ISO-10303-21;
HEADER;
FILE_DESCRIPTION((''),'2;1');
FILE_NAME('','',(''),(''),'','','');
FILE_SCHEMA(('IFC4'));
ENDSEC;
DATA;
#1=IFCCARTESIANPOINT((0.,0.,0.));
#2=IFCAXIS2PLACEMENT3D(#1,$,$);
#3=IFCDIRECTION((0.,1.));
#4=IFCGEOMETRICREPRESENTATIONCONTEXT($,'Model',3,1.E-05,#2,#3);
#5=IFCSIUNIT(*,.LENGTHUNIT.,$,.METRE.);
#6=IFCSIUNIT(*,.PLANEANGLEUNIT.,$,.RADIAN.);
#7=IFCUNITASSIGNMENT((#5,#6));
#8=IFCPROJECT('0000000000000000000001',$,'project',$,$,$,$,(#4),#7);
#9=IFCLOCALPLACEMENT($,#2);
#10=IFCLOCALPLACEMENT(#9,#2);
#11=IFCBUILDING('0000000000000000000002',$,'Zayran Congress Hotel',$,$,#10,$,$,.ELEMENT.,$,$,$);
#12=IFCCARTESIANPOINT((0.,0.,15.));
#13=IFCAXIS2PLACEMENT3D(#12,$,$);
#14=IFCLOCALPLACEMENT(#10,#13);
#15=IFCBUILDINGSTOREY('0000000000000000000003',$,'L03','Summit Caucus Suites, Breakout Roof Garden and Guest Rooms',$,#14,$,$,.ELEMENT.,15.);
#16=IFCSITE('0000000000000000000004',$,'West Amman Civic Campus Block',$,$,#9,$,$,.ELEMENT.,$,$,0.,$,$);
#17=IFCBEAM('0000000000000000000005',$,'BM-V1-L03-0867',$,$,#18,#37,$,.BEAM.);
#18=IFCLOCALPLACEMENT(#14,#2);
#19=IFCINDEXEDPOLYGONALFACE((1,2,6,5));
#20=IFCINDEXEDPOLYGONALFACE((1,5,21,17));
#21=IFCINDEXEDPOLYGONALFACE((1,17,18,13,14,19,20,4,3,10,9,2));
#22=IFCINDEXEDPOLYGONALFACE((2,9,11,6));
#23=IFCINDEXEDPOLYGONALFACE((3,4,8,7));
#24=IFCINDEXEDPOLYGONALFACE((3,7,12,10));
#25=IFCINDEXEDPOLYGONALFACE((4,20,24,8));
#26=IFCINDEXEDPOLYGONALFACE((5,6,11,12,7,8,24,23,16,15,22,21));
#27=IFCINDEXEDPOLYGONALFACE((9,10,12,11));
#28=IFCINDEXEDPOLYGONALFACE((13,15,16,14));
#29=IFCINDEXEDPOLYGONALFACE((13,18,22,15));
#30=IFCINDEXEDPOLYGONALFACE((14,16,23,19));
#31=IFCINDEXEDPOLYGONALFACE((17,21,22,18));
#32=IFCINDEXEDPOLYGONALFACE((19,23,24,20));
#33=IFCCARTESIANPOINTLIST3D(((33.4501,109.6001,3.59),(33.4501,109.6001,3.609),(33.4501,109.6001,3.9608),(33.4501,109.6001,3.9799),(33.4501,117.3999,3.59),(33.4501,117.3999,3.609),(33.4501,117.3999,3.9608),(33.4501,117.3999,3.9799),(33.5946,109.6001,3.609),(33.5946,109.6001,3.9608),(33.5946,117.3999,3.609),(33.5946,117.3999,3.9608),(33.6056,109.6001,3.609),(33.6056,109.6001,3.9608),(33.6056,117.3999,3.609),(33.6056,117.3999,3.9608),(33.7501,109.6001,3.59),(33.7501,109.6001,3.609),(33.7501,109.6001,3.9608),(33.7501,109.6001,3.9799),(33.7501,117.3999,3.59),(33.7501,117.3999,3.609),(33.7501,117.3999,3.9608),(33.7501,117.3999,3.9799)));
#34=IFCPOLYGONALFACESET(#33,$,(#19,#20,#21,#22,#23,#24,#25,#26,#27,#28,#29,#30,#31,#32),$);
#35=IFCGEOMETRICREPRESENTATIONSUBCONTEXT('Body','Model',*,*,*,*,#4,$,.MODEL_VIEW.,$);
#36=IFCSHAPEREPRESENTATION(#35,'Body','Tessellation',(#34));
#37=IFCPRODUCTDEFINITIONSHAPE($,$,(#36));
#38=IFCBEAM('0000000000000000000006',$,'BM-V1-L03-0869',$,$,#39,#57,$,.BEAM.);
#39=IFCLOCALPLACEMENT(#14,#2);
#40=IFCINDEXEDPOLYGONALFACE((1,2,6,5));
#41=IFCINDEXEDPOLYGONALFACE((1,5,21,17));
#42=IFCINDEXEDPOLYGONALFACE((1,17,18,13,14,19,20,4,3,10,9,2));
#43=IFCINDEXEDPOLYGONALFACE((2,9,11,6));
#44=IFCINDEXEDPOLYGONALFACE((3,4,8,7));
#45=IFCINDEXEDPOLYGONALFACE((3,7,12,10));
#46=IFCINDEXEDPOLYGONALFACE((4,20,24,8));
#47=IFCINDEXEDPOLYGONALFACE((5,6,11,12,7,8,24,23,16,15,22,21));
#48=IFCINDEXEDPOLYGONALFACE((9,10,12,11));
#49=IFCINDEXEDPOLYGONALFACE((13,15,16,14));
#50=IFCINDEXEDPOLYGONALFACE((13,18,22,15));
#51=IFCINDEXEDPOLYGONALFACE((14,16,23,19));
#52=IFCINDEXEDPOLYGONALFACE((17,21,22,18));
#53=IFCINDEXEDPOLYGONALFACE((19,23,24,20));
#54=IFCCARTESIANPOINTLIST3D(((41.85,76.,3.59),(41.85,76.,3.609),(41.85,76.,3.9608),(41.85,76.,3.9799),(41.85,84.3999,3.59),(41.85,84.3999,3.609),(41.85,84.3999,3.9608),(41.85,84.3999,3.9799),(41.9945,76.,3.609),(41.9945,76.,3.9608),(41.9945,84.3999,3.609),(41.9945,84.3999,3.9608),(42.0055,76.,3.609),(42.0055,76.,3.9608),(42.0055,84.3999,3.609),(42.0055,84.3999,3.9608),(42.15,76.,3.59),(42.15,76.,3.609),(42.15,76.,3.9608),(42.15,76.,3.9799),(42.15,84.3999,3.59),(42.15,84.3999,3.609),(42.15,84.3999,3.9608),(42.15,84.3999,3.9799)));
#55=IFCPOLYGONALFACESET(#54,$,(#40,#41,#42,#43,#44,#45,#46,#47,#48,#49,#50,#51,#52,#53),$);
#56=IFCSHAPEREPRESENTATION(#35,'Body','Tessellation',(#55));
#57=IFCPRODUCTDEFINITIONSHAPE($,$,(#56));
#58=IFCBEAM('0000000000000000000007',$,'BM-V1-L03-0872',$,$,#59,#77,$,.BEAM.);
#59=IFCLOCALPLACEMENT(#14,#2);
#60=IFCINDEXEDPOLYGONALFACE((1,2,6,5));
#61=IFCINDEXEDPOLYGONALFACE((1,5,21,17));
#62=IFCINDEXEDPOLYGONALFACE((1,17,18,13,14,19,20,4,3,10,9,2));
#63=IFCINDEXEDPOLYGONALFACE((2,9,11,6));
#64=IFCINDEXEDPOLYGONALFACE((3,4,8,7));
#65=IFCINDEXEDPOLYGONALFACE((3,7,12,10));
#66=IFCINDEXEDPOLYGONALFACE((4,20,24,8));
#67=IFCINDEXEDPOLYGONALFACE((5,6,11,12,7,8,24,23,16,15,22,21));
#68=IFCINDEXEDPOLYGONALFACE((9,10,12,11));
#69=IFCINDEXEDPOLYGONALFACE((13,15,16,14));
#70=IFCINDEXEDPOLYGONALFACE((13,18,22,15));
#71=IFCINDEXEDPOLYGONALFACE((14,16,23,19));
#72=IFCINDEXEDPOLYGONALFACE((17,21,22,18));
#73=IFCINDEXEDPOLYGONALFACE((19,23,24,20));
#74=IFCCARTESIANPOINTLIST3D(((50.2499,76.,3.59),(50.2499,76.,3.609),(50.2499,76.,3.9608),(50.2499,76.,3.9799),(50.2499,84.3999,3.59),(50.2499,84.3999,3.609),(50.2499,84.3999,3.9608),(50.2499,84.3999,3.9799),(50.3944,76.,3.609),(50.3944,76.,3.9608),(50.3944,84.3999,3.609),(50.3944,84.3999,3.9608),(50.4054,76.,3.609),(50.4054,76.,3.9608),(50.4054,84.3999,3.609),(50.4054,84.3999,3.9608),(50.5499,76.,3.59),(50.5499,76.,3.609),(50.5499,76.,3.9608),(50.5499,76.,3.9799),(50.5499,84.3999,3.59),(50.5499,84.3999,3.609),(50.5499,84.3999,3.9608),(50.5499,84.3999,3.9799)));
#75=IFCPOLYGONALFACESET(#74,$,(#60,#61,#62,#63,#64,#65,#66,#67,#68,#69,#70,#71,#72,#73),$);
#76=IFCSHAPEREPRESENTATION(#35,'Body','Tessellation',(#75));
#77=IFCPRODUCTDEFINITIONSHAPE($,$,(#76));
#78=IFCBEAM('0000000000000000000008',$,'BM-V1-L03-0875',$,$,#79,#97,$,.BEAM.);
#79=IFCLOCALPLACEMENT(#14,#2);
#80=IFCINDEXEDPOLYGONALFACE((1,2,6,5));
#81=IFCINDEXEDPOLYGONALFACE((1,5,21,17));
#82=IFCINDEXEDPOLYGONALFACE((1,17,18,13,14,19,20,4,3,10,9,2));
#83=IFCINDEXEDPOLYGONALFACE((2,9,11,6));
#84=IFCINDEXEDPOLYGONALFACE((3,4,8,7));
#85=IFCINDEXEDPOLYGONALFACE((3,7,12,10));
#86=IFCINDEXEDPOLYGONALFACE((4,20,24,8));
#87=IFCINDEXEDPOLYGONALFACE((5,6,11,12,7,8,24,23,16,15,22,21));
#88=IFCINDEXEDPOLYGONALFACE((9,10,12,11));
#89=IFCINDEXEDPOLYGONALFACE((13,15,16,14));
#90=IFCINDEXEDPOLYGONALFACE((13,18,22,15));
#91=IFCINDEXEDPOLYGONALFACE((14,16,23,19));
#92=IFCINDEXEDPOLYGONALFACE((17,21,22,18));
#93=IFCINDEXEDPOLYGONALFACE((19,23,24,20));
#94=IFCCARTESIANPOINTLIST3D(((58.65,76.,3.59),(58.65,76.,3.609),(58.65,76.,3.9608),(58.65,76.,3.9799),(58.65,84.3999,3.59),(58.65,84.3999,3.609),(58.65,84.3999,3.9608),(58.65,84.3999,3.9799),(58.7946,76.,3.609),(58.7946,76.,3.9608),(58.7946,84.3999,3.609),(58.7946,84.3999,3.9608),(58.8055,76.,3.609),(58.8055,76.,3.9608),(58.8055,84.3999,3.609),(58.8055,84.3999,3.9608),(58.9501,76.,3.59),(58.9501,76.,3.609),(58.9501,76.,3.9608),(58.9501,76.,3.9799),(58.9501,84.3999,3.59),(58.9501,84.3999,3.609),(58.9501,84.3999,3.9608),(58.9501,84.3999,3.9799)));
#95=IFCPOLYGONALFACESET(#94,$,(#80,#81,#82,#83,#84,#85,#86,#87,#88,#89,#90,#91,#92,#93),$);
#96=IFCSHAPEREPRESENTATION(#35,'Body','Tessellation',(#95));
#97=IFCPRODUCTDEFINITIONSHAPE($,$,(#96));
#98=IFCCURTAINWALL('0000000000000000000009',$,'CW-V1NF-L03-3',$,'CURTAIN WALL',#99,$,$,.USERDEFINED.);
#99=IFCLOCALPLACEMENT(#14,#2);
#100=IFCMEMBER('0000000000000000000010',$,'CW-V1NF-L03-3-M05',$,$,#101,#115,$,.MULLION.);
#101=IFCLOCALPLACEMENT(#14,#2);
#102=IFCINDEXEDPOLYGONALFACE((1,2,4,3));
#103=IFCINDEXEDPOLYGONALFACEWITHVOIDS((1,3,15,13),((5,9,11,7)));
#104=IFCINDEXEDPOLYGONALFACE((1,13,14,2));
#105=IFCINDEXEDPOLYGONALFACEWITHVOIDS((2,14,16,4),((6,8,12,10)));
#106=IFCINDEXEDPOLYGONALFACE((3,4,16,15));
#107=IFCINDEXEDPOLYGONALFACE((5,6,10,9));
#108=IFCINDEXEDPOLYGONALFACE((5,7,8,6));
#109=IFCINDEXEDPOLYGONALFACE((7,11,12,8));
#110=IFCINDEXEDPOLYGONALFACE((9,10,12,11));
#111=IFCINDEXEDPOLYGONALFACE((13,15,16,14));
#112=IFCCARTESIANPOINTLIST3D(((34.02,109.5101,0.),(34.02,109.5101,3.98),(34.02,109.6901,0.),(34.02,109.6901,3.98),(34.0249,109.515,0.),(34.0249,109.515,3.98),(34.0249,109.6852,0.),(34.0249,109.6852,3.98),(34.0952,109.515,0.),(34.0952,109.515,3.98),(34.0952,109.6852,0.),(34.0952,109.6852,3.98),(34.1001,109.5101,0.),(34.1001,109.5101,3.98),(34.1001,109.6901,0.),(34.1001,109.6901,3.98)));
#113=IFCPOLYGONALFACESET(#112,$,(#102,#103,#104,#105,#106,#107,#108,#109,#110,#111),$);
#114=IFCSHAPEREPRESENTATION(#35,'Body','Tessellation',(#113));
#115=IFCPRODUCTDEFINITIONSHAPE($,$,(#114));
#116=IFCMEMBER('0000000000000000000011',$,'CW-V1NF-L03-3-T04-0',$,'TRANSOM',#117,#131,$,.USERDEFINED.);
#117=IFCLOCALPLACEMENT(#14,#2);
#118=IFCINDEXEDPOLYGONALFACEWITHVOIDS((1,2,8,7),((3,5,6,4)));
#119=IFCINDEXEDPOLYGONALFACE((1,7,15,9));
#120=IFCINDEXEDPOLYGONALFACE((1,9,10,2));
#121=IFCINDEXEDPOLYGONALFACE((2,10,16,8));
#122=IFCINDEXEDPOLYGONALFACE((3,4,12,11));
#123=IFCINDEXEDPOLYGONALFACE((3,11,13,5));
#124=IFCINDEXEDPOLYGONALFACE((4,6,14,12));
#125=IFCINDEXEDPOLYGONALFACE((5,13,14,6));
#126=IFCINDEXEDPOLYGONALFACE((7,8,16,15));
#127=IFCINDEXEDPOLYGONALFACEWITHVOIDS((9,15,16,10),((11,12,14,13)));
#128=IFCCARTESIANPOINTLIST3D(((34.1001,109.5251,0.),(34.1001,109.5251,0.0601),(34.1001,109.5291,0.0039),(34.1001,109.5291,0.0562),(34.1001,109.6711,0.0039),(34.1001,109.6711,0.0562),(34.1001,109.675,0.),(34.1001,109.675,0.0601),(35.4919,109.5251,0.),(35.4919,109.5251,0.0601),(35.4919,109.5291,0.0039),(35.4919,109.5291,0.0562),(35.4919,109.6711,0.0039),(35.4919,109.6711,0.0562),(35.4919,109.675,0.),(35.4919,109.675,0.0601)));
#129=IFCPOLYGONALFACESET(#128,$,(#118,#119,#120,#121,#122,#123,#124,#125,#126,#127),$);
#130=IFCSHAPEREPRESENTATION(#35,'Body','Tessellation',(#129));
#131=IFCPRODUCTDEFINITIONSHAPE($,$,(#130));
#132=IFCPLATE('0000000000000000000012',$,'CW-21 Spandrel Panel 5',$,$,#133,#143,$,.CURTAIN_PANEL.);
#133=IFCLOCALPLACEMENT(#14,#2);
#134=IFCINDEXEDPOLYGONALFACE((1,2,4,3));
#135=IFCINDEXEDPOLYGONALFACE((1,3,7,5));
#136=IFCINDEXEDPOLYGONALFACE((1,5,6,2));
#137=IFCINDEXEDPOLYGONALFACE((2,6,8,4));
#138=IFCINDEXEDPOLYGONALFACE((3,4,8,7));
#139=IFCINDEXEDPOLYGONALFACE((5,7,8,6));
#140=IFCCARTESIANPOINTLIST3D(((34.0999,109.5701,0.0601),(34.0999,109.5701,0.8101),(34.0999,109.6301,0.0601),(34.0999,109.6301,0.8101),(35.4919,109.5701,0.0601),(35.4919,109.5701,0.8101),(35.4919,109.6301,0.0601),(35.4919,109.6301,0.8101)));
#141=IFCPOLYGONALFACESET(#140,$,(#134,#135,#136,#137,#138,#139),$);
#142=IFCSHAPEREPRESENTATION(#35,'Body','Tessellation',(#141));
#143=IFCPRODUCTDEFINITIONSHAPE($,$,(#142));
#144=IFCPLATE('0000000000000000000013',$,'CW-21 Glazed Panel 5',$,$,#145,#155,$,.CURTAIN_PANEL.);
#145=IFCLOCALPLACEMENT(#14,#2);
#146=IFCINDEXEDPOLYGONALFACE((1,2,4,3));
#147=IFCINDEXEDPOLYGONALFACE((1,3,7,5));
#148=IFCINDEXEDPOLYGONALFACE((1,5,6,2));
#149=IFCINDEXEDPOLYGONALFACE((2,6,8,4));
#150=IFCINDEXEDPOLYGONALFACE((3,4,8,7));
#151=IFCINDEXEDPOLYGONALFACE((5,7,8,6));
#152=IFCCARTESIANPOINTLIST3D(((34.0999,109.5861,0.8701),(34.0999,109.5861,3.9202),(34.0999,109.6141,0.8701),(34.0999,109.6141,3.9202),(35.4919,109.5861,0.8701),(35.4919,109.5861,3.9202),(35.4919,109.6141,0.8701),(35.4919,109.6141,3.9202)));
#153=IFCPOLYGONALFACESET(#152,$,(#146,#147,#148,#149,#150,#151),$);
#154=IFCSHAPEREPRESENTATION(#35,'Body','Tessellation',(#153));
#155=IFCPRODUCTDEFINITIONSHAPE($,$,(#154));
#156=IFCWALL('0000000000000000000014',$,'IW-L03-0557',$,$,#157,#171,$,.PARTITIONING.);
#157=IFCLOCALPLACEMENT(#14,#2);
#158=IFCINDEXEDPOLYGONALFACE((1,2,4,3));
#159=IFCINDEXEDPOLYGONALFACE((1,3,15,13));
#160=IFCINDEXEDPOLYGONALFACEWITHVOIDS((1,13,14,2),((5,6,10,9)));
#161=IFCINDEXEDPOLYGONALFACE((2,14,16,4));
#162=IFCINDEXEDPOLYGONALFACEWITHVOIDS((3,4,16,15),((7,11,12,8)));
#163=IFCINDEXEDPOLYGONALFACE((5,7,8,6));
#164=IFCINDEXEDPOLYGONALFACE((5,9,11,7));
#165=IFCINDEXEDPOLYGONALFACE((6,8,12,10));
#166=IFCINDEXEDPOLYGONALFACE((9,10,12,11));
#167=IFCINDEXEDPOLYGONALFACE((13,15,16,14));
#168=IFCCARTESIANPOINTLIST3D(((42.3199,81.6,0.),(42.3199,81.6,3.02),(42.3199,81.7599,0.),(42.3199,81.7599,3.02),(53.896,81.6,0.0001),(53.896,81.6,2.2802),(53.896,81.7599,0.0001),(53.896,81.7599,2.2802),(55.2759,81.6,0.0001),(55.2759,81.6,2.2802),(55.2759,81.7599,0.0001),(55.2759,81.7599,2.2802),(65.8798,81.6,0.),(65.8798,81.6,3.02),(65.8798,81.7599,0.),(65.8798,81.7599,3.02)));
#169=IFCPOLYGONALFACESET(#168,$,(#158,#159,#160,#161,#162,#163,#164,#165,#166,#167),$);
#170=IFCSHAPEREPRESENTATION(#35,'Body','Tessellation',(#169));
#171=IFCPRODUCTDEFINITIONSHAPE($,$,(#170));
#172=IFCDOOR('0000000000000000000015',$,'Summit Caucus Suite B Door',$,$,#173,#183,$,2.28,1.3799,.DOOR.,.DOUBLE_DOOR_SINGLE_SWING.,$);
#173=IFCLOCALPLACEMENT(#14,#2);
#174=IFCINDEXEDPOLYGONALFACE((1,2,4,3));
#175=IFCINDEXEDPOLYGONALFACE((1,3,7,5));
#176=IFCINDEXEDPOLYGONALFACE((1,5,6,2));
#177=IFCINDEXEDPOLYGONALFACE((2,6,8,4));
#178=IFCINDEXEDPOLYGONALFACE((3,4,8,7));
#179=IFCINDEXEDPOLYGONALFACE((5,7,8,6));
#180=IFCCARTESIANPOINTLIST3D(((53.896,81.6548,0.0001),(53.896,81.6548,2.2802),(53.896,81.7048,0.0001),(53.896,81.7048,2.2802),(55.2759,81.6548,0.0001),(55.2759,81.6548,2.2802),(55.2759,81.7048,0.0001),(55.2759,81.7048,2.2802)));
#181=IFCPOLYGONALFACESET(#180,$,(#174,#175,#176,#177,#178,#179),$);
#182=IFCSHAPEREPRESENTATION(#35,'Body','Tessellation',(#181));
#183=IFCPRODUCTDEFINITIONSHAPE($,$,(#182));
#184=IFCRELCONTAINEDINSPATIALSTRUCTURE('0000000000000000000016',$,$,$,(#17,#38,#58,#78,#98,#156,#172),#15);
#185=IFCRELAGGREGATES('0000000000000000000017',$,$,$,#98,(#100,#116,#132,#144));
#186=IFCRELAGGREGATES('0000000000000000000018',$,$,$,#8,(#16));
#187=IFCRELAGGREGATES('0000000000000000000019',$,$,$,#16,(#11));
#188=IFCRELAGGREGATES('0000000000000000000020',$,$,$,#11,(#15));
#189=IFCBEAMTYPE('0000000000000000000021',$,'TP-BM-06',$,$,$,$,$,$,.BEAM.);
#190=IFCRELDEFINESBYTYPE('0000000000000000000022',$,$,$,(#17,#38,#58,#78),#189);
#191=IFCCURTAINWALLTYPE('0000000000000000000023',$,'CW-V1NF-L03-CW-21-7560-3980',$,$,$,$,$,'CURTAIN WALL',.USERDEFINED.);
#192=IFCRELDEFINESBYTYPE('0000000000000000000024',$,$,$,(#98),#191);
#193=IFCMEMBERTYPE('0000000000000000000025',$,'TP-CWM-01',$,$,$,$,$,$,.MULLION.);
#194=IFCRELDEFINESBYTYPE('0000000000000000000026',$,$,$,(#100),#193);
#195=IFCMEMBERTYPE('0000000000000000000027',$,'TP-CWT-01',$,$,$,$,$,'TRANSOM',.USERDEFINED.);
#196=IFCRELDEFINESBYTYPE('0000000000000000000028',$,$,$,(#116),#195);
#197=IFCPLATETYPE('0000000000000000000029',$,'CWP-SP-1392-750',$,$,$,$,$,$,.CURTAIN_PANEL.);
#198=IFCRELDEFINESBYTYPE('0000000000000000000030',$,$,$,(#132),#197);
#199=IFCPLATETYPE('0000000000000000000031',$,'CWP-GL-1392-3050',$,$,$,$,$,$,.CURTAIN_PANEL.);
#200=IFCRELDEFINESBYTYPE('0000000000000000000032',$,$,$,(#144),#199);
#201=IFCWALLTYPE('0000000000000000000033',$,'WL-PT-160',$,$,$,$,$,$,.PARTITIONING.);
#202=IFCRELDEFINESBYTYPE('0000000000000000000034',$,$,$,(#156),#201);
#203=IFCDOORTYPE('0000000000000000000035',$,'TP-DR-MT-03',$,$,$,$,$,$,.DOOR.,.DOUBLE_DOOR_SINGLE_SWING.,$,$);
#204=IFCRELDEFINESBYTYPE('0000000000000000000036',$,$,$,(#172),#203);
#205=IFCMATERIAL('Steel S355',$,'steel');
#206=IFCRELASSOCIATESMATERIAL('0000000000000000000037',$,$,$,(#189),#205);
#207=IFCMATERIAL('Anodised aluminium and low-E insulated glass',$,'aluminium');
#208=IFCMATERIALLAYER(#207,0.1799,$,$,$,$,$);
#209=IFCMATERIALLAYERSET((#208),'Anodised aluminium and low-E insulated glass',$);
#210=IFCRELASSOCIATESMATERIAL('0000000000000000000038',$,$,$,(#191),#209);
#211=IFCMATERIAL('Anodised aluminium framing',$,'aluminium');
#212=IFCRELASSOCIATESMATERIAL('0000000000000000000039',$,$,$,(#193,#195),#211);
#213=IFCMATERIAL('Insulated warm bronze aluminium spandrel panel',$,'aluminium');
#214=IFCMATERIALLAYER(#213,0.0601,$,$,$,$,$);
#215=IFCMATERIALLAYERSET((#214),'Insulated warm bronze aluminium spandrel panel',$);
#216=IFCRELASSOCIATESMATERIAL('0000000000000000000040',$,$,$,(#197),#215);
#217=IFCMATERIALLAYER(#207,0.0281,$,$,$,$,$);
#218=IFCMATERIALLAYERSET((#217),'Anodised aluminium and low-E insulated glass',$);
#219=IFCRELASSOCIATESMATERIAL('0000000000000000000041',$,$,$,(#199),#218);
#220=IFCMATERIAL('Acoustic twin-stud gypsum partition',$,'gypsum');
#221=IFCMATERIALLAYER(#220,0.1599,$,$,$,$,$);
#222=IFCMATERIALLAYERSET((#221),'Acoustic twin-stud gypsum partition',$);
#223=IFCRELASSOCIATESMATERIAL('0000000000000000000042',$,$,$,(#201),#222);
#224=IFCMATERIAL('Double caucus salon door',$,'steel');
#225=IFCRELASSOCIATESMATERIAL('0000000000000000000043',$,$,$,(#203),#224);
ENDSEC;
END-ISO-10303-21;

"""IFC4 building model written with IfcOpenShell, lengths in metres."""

from ifc_helpers import new_model, si_unit, direction, frame, frame_2d, origin, origin_2d, place, context, subcontext, project, spatial, rectangle, hollow_rectangle, i_section, extrude, material, layer, layer_set, material_profile, profile_set, type_object, element, fill, aggregate, save


model = new_model("IFC4")

# Units and contexts
model_context = context("Model", 3, precision=1e-05, world=origin(), true_north=direction((0.0, 1.0)))
body_context = subcontext(model_context, "Body", "Model", "MODEL_VIEW")
ifc_project = project(units=[si_unit("LENGTHUNIT", "METRE"), si_unit("PLANEANGLEUNIT", "RADIAN")], contexts=[model_context])

# Site, building, storey
site_placement = place(None, origin())
site = spatial("IfcSite", under=ifc_project, at=site_placement, Name="West Amman Civic Campus Block", CompositionType="ELEMENT", RefElevation=0.0)
building_placement = place(site_placement, origin())
building = spatial("IfcBuilding", under=site, at=building_placement, Name="Zayran Congress Hotel", CompositionType="ELEMENT")
storey_placement = place(building_placement, frame((0.0, 0.0, 15.0)))
storey = spatial("IfcBuildingStorey", under=building, at=storey_placement, Name="L03", Description="Summit Caucus Suites, Breakout Roof Garden and Guest Rooms", CompositionType="ELEMENT", Elevation=15.0)

# Shared definitions
ifc_material_1 = material(Name="Steel S355", Category="steel")

# Beams
ifc_material_profile_1 = material_profile(ifc_material_1, i_section(OverallWidth=0.3, OverallDepth=0.3899, WebThickness=0.011, FlangeThickness=0.019, at=origin_2d()), Name="HEA 400")
ifc_profile_set_1 = profile_set([ifc_material_profile_1], Name="Steel S355")
beam_type_1 = type_object("IfcBeamType", Name="TP-BM-06", PredefinedType="BEAM", material=ifc_profile_set_1)
beam_1_placement = place(storey_placement, frame((33.6001, 109.6001, 3.7849), z_axis=(0.0, 1.0, 0.0), x_axis=(-1.0, 0.0, 0.0)))
element("IfcBeam", 1, at=beam_1_placement, inside=storey, type_object=beam_type_1, Name="BM-V1-L03-0867", PredefinedType="BEAM", context=body_context, shape_type="SweptSolid", body=[
    extrude(i_section(OverallWidth=0.3, OverallDepth=0.3899, WebThickness=0.011, FlangeThickness=0.019, at=origin_2d()), origin(), (0.0, 0.0, 1.0), 7.7998),
])
for number, where, z_axis, x_axis, name in (
    (2, (42.0, 76.0, 3.7849), (0.0, 1.0, 0.0), (-1.0, 0.0, 0.0), "BM-V1-L03-0869"),
    (3, (50.3999, 76.0, 3.7849), (0.0, 1.0, 0.0), (-1.0, 0.0, 0.0), "BM-V1-L03-0872"),
    (4, (58.8, 76.0, 3.7849), (0.0, 1.0, 0.0), (-1.0, 0.0, 0.0), "BM-V1-L03-0875"),
):
    element("IfcBeam", number, at=place(storey_placement, frame(where, z_axis=z_axis, x_axis=x_axis)), inside=storey, type_object=beam_type_1, Name=name, PredefinedType="BEAM", context=body_context, shape_type="SweptSolid", body=[
        extrude(i_section(OverallWidth=0.3, OverallDepth=0.3899, WebThickness=0.011, FlangeThickness=0.019, at=origin_2d()), origin(), (0.0, 0.0, 1.0), 8.3999),
    ])

# Curtain wall, members, plates
ifc_material_2 = material(Name="Anodised aluminium and low-E insulated glass", Category="aluminium")
ifc_layer_1 = layer(ifc_material_2, 0.1799)
ifc_layer_set_1 = layer_set([ifc_layer_1], Name="Anodised aluminium and low-E insulated glass")
curtain_wall_type = type_object("IfcCurtainWallType", Name="CW-V1NF-L03-CW-21-7560-3980", ElementType="CURTAIN WALL", PredefinedType="USERDEFINED", material=ifc_layer_set_1)
curtain_wall_placement = place(storey_placement, origin())
curtain_wall = element("IfcCurtainWall", 5, at=curtain_wall_placement, inside=storey, type_object=curtain_wall_type, Name="CW-V1NF-L03-3", ObjectType="CURTAIN WALL", PredefinedType="USERDEFINED")
ifc_material_3 = material(Name="Anodised aluminium framing", Category="aluminium")
ifc_material_profile_2 = material_profile(ifc_material_3, hollow_rectangle(XDim=0.0801, YDim=0.1799, WallThickness=0.0049, at=origin_2d()), Name="RHS 180x80x5")
ifc_profile_set_2 = profile_set([ifc_material_profile_2], Name="Anodised aluminium framing")
member_type_1 = type_object("IfcMemberType", Name="TP-CWM-01", PredefinedType="MULLION", material=ifc_profile_set_2)
member_1_placement = place(storey_placement, frame((34.0601, 109.6001, 0.0), z_axis=(0.0, 0.0, 1.0), x_axis=(1.0, 0.0, 0.0)))
member_1 = element("IfcMember", 6, at=member_1_placement, type_object=member_type_1, Name="CW-V1NF-L03-3-M05", PredefinedType="MULLION", context=body_context, shape_type="SweptSolid", body=[
    extrude(hollow_rectangle(XDim=0.0801, YDim=0.1799, WallThickness=0.0049, at=origin_2d()), origin(), (0.0, 0.0, 1.0), 3.98),
])
ifc_material_profile_3 = material_profile(ifc_material_3, hollow_rectangle(XDim=0.0601, YDim=0.1499, WallThickness=0.0039, at=origin_2d()), Name="RHS 150x60x4")
ifc_profile_set_3 = profile_set([ifc_material_profile_3], Name="Anodised aluminium framing")
member_type_2 = type_object("IfcMemberType", Name="TP-CWT-01", ElementType="TRANSOM", PredefinedType="USERDEFINED", material=ifc_profile_set_3)
member_2_placement = place(storey_placement, frame((35.4919, 109.6001, 0.03), z_axis=(-1.0, 0.0, 0.0), x_axis=(0.0, 0.0, 1.0)))
member_2 = element("IfcMember", 7, at=member_2_placement, type_object=member_type_2, Name="CW-V1NF-L03-3-T04-0", ObjectType="TRANSOM", PredefinedType="USERDEFINED", context=body_context, shape_type="SweptSolid", body=[
    extrude(hollow_rectangle(XDim=0.0601, YDim=0.1499, WallThickness=0.0039, at=origin_2d()), origin(), (0.0, 0.0, 1.0), 1.3918),
])
ifc_material_4 = material(Name="Insulated warm bronze aluminium spandrel panel", Category="aluminium")
ifc_layer_2 = layer(ifc_material_4, 0.0601)
ifc_layer_set_2 = layer_set([ifc_layer_2], Name="Insulated warm bronze aluminium spandrel panel")
plate_type_1 = type_object("IfcPlateType", Name="CWP-SP-1392-750", PredefinedType="CURTAIN_PANEL", material=ifc_layer_set_2)
plate_1_placement = place(storey_placement, frame((34.7959, 109.6001, 0.0601), z_axis=(0.0, 0.0, 1.0), x_axis=(1.0, 0.0, 0.0)))
plate_1 = element("IfcPlate", 8, at=plate_1_placement, type_object=plate_type_1, Name="CW-21 Spandrel Panel 5", PredefinedType="CURTAIN_PANEL", context=body_context, shape_type="SweptSolid", body=[
    extrude(rectangle(XDim=1.3921, YDim=0.0601, at=origin_2d()), origin(), (0.0, 0.0, 1.0), 0.75),
])
ifc_layer_3 = layer(ifc_material_2, 0.0281)
ifc_layer_set_3 = layer_set([ifc_layer_3], Name="Anodised aluminium and low-E insulated glass")
plate_type_2 = type_object("IfcPlateType", Name="CWP-GL-1392-3050", PredefinedType="CURTAIN_PANEL", material=ifc_layer_set_3)
plate_2_placement = place(storey_placement, frame((34.7959, 109.6001, 0.8701), z_axis=(0.0, 0.0, 1.0), x_axis=(1.0, 0.0, 0.0)))
plate_2 = element("IfcPlate", 9, at=plate_2_placement, type_object=plate_type_2, Name="CW-21 Glazed Panel 5", PredefinedType="CURTAIN_PANEL", context=body_context, shape_type="SweptSolid", body=[
    extrude(rectangle(XDim=1.3921, YDim=0.0281, at=origin_2d()), origin(), (0.0, 0.0, 1.0), 3.05),
])
aggregate(curtain_wall, [member_1, member_2, plate_1, plate_2])

# Wall, opening, door
ifc_material_5 = material(Name="Acoustic twin-stud gypsum partition", Category="gypsum")
ifc_layer_4 = layer(ifc_material_5, 0.1599)
ifc_layer_set_4 = layer_set([ifc_layer_4], Name="Acoustic twin-stud gypsum partition")
wall_type = type_object("IfcWallType", Name="WL-PT-160", PredefinedType="PARTITIONING", material=ifc_layer_set_4)
wall_placement = place(storey_placement, frame((42.3201, 81.6799, 0.0), z_axis=(0.0, 0.0, 1.0), x_axis=(1.0, 0.0, 0.0)))
wall = element("IfcWall", 10, at=wall_placement, inside=storey, type_object=wall_type, Name="IW-L03-0557", PredefinedType="PARTITIONING", context=body_context, shape_type="SweptSolid", body=[
    extrude(rectangle(XDim=23.5598, YDim=0.1599, at=frame_2d((11.7798, 0.0))), origin(), (0.0, 0.0, 1.0), 3.02),
])
opening_placement = place(wall_placement, frame((11.5759, 0.0, 0.0)))
opening = element("IfcOpeningElement", 11, at=opening_placement, cuts=wall, PredefinedType="OPENING", context=body_context, shape_type="SweptSolid", body=[
    extrude(rectangle(XDim=1.3799, YDim=2.28, at=frame_2d((0.6899, 1.1401))), frame((0.0, 0.0898, 0.0), z_axis=(0.0, -1.0, 0.0), x_axis=(1.0, 0.0, 0.0)), (0.0, 0.0, 1.0), 0.1799),
])
ifc_material_6 = material(Name="Double caucus salon door", Category="steel")
door_type = type_object("IfcDoorType", Name="TP-DR-MT-03", OperationType="DOUBLE_DOOR_SINGLE_SWING", PredefinedType="DOOR", material=ifc_material_6)
door_placement = place(opening_placement, origin())
door = element("IfcDoor", 12, at=door_placement, inside=storey, type_object=door_type, Name="Summit Caucus Suite B Door", OperationType="DOUBLE_DOOR_SINGLE_SWING", OverallHeight=2.28, OverallWidth=1.3799, PredefinedType="DOOR", context=body_context, shape_type="SweptSolid", body=[
    extrude(rectangle(XDim=1.3799, YDim=2.28, at=frame_2d((0.6899, 1.1401))), frame((0.0, 0.0249, 0.0), z_axis=(0.0, -1.0, 0.0), x_axis=(1.0, 0.0, 0.0)), (0.0, 0.0, 1.0), 0.05),
])
fill(opening, door)

save(model, "model.ifc")
